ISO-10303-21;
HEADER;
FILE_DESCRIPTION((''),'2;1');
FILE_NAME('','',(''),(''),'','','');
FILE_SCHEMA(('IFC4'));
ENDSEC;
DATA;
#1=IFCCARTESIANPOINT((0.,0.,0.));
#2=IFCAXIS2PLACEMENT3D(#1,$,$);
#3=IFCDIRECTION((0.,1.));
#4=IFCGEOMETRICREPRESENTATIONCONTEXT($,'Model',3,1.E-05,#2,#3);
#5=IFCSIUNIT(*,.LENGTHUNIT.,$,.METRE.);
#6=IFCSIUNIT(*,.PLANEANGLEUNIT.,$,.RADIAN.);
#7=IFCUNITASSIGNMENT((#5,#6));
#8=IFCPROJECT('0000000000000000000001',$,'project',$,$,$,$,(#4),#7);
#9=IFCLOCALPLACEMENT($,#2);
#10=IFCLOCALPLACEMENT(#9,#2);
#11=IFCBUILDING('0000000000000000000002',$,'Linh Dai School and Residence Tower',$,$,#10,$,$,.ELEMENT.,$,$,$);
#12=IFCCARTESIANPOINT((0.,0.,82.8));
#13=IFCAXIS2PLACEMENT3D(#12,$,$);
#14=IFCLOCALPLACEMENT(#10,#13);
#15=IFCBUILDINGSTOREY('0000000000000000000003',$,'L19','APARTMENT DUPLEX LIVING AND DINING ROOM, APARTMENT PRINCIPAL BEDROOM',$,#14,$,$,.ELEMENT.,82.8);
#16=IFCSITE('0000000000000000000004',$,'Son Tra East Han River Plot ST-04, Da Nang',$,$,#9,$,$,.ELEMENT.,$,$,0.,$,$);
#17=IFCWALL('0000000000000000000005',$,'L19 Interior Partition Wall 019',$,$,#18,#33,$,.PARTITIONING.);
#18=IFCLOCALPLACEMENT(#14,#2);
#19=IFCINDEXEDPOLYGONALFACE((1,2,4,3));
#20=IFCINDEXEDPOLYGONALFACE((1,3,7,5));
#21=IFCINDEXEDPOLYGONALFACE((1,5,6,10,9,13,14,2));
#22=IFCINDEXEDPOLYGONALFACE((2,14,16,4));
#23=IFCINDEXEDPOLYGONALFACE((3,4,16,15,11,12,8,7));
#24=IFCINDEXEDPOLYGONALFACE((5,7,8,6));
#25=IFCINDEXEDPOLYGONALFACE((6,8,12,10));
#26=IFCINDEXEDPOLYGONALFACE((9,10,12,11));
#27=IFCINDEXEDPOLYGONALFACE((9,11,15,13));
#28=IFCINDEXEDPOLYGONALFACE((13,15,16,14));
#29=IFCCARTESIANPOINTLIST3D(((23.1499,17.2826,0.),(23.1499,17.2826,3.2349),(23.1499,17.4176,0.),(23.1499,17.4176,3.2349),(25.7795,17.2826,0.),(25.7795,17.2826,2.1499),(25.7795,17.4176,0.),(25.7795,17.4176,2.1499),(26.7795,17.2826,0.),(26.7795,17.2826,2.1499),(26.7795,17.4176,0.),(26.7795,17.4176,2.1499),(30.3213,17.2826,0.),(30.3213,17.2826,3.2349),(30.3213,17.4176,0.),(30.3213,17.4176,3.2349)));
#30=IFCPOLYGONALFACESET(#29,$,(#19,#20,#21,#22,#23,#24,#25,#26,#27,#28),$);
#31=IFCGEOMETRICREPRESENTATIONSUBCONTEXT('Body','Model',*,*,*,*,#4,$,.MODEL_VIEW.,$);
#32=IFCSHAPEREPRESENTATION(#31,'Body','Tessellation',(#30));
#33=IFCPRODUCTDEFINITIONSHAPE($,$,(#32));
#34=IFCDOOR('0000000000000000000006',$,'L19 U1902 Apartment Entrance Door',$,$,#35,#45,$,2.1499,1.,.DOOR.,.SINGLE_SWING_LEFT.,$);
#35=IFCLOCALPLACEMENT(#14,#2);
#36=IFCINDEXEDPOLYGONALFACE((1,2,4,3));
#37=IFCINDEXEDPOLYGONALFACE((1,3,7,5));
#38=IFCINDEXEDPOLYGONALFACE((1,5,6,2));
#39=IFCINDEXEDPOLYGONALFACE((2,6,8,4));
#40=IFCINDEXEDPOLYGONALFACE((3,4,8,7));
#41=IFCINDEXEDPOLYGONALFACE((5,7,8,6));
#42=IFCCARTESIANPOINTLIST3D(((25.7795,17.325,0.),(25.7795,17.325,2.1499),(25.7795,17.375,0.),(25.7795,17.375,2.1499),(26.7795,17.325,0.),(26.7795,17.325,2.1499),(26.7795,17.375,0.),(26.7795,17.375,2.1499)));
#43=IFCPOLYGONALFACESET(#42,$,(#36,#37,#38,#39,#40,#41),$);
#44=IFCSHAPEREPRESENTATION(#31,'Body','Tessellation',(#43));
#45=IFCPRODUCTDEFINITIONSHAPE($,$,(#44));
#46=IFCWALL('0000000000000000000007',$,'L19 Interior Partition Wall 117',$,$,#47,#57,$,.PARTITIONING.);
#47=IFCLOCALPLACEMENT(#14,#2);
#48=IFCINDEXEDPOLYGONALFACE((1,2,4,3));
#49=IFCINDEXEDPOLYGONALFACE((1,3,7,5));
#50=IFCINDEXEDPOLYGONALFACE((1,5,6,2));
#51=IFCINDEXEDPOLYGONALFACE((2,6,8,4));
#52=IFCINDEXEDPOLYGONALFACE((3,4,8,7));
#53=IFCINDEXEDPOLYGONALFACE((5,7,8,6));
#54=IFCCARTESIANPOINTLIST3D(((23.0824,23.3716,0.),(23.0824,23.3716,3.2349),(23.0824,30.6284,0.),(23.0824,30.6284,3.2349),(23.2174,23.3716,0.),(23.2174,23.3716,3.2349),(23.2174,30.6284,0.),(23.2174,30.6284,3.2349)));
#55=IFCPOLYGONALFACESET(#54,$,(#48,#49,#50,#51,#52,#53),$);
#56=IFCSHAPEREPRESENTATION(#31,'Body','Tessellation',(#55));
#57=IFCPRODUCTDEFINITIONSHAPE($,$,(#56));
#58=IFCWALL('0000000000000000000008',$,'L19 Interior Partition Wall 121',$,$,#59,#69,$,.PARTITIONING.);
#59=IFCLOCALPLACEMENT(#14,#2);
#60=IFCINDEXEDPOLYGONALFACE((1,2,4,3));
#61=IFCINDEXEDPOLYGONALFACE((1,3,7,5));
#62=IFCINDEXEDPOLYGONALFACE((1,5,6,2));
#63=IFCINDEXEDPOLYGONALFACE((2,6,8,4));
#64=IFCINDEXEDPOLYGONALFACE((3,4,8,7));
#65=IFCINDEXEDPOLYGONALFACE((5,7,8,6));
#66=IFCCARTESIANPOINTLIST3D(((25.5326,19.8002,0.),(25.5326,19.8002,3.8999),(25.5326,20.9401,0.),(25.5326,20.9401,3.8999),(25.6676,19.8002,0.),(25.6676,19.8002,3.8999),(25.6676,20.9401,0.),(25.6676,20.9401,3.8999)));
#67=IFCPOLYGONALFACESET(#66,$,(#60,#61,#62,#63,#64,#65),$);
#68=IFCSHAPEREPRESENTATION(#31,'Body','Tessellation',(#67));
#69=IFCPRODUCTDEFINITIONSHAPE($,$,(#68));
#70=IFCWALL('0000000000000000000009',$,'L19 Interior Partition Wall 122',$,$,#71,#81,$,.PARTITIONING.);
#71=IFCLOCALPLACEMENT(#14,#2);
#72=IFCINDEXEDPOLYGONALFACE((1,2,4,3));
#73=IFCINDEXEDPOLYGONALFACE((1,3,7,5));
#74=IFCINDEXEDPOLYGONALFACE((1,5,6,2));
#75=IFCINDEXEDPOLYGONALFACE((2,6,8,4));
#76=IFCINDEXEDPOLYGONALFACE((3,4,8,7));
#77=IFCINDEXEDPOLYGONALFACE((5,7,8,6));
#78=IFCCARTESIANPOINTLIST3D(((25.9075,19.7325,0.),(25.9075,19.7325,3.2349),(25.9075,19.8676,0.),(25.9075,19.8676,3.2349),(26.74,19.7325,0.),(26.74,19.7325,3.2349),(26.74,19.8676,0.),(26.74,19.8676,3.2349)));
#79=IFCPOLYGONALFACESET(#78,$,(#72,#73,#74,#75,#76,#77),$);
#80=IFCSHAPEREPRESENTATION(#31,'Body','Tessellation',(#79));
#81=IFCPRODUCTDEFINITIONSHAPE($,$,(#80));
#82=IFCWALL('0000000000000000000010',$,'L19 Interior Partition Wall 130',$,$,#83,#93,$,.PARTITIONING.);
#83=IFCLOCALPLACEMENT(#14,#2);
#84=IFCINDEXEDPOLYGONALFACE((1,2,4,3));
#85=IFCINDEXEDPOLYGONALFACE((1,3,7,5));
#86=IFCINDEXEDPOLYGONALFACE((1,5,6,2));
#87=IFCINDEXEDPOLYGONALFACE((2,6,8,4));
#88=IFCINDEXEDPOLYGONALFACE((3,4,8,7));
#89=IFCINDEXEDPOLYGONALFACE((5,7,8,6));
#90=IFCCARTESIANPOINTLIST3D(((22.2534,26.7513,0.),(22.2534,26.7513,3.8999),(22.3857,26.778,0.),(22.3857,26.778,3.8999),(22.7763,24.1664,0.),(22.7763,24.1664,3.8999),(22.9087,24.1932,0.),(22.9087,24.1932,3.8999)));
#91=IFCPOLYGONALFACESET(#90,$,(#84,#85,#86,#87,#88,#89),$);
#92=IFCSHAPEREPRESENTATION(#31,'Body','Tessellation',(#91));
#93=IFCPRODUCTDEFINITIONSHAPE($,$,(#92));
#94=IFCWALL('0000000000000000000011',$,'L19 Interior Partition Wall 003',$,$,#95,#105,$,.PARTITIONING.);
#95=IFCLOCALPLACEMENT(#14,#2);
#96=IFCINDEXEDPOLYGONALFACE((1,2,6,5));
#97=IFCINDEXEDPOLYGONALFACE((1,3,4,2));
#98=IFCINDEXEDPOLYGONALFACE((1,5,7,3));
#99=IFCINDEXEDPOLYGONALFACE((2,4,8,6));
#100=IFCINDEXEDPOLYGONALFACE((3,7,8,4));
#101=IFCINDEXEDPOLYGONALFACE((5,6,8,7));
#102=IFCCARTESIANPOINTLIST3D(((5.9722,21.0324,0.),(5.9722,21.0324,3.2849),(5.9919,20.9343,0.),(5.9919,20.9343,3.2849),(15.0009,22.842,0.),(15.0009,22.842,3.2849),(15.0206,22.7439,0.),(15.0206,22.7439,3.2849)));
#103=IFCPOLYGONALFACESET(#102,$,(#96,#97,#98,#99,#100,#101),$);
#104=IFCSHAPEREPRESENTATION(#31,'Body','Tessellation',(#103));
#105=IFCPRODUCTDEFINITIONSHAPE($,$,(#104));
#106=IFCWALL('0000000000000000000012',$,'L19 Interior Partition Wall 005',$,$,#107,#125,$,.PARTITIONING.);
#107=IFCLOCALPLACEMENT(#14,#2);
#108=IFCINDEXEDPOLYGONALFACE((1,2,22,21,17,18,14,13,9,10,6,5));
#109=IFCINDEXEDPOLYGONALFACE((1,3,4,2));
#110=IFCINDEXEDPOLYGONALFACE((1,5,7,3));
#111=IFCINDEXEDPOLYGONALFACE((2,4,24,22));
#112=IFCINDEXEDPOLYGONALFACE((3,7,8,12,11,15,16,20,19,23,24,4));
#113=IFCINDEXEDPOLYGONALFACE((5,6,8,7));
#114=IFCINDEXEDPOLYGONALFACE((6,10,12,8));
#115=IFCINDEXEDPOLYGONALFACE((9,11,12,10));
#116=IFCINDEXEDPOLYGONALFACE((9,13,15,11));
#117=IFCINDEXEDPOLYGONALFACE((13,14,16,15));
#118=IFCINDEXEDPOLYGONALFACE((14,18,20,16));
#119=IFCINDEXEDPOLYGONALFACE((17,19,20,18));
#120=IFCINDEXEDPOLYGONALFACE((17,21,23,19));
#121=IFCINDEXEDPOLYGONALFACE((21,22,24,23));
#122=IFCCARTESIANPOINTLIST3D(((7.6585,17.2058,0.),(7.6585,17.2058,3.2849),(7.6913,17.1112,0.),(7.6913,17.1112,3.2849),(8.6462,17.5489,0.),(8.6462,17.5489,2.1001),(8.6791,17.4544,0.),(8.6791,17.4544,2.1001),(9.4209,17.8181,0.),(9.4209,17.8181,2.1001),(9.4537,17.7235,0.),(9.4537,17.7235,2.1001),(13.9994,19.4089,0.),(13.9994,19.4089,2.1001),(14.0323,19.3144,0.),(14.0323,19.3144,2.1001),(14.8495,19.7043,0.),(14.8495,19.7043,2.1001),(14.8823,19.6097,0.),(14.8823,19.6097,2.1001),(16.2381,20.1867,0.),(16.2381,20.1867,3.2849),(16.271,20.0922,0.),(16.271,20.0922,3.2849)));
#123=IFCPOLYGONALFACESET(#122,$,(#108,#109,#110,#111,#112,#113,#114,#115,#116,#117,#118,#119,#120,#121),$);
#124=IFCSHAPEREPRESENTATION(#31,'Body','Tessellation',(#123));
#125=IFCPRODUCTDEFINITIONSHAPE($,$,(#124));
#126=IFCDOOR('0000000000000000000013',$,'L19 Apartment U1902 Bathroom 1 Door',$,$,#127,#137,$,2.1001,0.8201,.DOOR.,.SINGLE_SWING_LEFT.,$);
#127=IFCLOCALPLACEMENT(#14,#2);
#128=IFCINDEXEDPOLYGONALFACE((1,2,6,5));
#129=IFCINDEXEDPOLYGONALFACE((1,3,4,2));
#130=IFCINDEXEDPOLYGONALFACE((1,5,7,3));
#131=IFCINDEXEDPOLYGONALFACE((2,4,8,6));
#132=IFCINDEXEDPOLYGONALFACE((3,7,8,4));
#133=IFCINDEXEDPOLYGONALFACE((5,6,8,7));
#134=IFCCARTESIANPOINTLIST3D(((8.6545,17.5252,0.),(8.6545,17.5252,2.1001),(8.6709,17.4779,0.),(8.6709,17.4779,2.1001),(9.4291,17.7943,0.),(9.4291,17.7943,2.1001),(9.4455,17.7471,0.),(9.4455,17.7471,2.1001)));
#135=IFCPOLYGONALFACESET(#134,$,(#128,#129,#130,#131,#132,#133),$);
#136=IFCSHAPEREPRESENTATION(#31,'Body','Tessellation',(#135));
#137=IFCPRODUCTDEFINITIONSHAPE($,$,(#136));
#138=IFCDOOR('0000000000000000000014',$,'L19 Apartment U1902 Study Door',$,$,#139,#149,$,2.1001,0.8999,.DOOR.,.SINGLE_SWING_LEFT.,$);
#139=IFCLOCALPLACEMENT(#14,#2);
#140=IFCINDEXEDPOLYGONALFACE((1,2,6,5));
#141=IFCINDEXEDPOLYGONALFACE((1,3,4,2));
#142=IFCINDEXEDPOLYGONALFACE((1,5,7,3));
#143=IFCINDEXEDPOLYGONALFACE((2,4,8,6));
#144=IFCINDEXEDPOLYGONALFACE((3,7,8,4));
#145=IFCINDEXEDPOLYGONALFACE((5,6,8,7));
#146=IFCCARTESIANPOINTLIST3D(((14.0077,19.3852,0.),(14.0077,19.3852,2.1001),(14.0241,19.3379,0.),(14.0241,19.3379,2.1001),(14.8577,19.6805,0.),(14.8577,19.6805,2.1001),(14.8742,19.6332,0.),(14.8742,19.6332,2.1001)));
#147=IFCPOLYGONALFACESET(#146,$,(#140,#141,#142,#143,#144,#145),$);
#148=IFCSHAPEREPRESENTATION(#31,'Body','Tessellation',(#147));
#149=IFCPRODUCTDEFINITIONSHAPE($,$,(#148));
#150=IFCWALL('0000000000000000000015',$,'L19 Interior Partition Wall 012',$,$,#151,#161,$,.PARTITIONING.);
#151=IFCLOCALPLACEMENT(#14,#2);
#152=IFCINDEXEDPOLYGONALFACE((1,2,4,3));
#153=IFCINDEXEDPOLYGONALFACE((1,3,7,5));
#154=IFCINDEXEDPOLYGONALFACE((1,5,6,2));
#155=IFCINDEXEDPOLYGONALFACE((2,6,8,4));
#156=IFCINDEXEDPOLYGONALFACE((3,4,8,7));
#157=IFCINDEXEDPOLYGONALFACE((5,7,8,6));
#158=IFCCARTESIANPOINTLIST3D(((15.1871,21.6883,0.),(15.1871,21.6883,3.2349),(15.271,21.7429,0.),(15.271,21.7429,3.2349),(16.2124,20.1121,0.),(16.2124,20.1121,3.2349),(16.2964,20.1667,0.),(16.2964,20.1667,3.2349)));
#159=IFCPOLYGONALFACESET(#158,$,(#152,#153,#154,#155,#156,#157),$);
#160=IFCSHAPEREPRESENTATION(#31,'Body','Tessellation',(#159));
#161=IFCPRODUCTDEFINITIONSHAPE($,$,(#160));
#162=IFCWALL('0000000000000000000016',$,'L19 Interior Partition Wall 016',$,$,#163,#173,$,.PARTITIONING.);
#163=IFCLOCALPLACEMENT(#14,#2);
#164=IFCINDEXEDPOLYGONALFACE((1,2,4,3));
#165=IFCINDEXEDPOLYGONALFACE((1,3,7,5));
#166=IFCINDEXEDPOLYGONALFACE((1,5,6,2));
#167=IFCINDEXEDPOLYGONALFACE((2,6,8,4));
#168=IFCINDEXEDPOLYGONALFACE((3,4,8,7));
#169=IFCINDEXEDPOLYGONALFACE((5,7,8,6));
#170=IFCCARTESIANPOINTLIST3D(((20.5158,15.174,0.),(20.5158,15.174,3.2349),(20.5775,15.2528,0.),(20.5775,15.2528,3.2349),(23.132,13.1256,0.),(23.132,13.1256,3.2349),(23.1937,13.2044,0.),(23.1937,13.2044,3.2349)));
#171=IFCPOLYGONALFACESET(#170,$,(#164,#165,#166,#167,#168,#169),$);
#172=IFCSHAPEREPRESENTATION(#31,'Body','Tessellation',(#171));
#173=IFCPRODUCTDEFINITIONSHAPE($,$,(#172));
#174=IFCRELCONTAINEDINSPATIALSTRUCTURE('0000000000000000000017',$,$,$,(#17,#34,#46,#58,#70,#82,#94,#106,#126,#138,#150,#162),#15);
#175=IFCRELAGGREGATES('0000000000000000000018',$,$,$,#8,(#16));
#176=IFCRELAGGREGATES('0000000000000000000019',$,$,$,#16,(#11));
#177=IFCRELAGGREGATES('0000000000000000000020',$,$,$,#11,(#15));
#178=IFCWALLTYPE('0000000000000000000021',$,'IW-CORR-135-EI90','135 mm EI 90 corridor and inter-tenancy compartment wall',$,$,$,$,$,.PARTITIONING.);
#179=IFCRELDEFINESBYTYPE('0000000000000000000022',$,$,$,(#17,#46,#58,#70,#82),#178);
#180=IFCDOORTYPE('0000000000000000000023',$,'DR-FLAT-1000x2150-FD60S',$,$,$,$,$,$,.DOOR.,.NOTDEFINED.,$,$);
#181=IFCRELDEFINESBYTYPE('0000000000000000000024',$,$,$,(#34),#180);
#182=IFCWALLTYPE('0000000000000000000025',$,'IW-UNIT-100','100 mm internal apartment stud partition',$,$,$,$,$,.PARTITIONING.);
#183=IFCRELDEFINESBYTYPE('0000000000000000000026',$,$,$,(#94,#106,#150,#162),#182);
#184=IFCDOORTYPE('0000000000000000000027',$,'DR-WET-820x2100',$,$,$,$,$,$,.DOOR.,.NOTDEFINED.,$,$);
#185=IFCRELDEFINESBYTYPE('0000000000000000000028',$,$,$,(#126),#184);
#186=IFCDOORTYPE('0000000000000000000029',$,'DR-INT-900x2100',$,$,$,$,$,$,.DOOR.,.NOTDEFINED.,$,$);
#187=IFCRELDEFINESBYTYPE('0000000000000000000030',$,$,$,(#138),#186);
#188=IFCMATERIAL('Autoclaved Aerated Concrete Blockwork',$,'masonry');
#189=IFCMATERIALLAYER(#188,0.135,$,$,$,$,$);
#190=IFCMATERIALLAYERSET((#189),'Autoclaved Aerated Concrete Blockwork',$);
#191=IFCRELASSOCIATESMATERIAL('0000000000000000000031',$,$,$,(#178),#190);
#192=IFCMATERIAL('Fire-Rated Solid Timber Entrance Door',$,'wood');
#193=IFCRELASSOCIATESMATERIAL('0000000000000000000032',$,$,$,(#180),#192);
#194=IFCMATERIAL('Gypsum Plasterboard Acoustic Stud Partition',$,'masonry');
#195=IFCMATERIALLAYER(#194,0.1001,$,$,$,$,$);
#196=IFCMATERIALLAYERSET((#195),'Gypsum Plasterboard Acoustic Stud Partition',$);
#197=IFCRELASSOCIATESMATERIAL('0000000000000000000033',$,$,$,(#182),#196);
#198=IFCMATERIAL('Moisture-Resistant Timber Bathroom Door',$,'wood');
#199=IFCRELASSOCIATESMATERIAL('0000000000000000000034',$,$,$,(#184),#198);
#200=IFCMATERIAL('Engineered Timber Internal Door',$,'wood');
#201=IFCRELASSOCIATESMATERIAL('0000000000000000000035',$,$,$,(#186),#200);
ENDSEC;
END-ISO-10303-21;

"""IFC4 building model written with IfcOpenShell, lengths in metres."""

from ifc_helpers import new_model, si_unit, direction, frame, frame_2d, origin, origin_2d, place, context, subcontext, project, spatial, rectangle, extrude, source, transform, mapped, material, layer, layer_set, type_object, element, fill, save


model = new_model("IFC4")

# Units and contexts
model_context = context("Model", 3, precision=1e-05, world=origin(), true_north=direction((0.0, 1.0)))
body_context = subcontext(model_context, "Body", "Model", "MODEL_VIEW")
ifc_project = project(units=[si_unit("LENGTHUNIT", "METRE"), si_unit("PLANEANGLEUNIT", "RADIAN")], contexts=[model_context])

# Site, building, storey
site_placement = place(None, origin())
site = spatial("IfcSite", under=ifc_project, at=site_placement, Name="Son Tra East Han River Plot ST-04, Da Nang", CompositionType="ELEMENT", RefElevation=0.0)
building_placement = place(site_placement, origin())
building = spatial("IfcBuilding", under=site, at=building_placement, Name="Linh Dai School and Residence Tower", CompositionType="ELEMENT")
storey_placement = place(building_placement, frame((0.0, 0.0, 82.8)))
storey = spatial("IfcBuildingStorey", under=building, at=storey_placement, Name="L19", Description="APARTMENT DUPLEX LIVING AND DINING ROOM, APARTMENT PRINCIPAL BEDROOM", CompositionType="ELEMENT", Elevation=82.8)

# Shared definitions
ifc_material_1 = material(Name="Autoclaved Aerated Concrete Blockwork", Category="masonry")
ifc_layer_1 = layer(ifc_material_1, 0.135)
ifc_layer_set_1 = layer_set([ifc_layer_1], Name="Autoclaved Aerated Concrete Blockwork")
wall_type_1 = type_object("IfcWallType", Name="IW-CORR-135-EI90", Description="135 mm EI 90 corridor and inter-tenancy compartment wall", PredefinedType="PARTITIONING", material=ifc_layer_set_1)

# Wall, opening, door
wall_1_placement = place(storey_placement, frame((23.1499, 17.3501, 0.0), z_axis=(0.0, 0.0, 1.0), x_axis=(1.0, 0.0, 0.0)))
wall_1 = element("IfcWall", 1, at=wall_1_placement, inside=storey, type_object=wall_type_1, Name="L19 Interior Partition Wall 019", PredefinedType="PARTITIONING", context=body_context, shape_type="SweptSolid", body=[
    extrude(rectangle(XDim=7.1714, YDim=0.135, at=frame_2d((3.5857, 0.0))), origin(), (0.0, 0.0, 1.0), 3.2349),
])
opening_1_placement = place(wall_1_placement, frame((2.6296, 0.0, 0.0)))
opening_1 = element("IfcOpeningElement", 2, at=opening_1_placement, cuts=wall_1, PredefinedType="OPENING", context=body_context, shape_type="SweptSolid", body=[
    extrude(rectangle(XDim=1.0, YDim=2.1499, at=origin_2d()), frame((0.5, 0.0776, 1.075), z_axis=(0.0, -1.0, 0.0), x_axis=(1.0, 0.0, 0.0)), (0.0, 0.0, 1.0), 0.155),
])
ifc_material_2 = material(Name="Fire-Rated Solid Timber Entrance Door", Category="wood")
door_type_1 = type_object("IfcDoorType", Name="DR-FLAT-1000x2150-FD60S", OperationType="NOTDEFINED", PredefinedType="DOOR", material=ifc_material_2)
shared_shape_1 = source(origin(), body_context, "Body", "SweptSolid", [
    extrude(rectangle(XDim=1.0, YDim=2.1499, at=origin_2d()), frame((0.5, 0.0249, 1.075), z_axis=(0.0, -1.0, 0.0), x_axis=(1.0, 0.0, 0.0)), (0.0, 0.0, 1.0), 0.05),
])
door_1_placement = place(opening_1_placement, origin())
door_1 = element("IfcDoor", 3, at=door_1_placement, inside=storey, type_object=door_type_1, Name="L19 U1902 Apartment Entrance Door", OperationType="SINGLE_SWING_LEFT", OverallHeight=2.1499, OverallWidth=1.0, PredefinedType="DOOR", context=body_context, shape_type="MappedRepresentation", body=[
    mapped(shared_shape_1, transform((0.0, 0.0, 0.0), x_axis=(1.0, 0.0, 0.0), y_axis=(0.0, 1.0, 0.0), z_axis=(0.0, 0.0, 1.0), scale=1.0)),
])
fill(opening_1, door_1)

# Walls
wall_2_placement = place(storey_placement, frame((23.1499, 23.3716, 0.0), z_axis=(0.0, 0.0, 1.0), x_axis=(0.0, 1.0, 0.0)))
element("IfcWall", 4, at=wall_2_placement, inside=storey, type_object=wall_type_1, Name="L19 Interior Partition Wall 117", PredefinedType="PARTITIONING", context=body_context, shape_type="SweptSolid", body=[
    extrude(rectangle(XDim=7.2568, YDim=0.135, at=frame_2d((3.6284, 0.0))), origin(), (0.0, 0.0, 1.0), 3.2349),
])
wall_3_placement = place(storey_placement, frame((25.6001, 20.9399, 0.0), z_axis=(0.0, 0.0, 1.0), x_axis=(0.0, -1.0, 0.0)))
element("IfcWall", 5, at=wall_3_placement, inside=storey, type_object=wall_type_1, Name="L19 Interior Partition Wall 121", PredefinedType="PARTITIONING", context=body_context, shape_type="SweptSolid", body=[
    extrude(rectangle(XDim=1.1399, YDim=0.135, at=frame_2d((0.5698, 0.0))), origin(), (0.0, 0.0, 1.0), 3.8999),
])
wall_4_placement = place(storey_placement, frame((25.9075, 19.8, 0.0), z_axis=(0.0, 0.0, 1.0), x_axis=(1.0, 0.0, 0.0)))
element("IfcWall", 6, at=wall_4_placement, inside=storey, type_object=wall_type_1, Name="L19 Interior Partition Wall 122", PredefinedType="PARTITIONING", context=body_context, shape_type="SweptSolid", body=[
    extrude(rectangle(XDim=0.8325, YDim=0.135, at=frame_2d((0.4163, 0.0))), origin(), (0.0, 0.0, 1.0), 3.2349),
])
wall_5_placement = place(storey_placement, frame((22.3196, 26.7646, 0.0), z_axis=(0.0, 0.0, 1.0), x_axis=(0.198288, -0.980144, 0.0)))
element("IfcWall", 7, at=wall_5_placement, inside=storey, type_object=wall_type_1, Name="L19 Interior Partition Wall 130", PredefinedType="PARTITIONING", context=body_context, shape_type="SweptSolid", body=[
    extrude(rectangle(XDim=2.6372, YDim=0.135, at=frame_2d((1.3186, 0.0))), origin(), (0.0, 0.0, 1.0), 3.8999),
])
ifc_material_3 = material(Name="Gypsum Plasterboard Acoustic Stud Partition", Category="masonry")
ifc_layer_2 = layer(ifc_material_3, 0.1001)
ifc_layer_set_2 = layer_set([ifc_layer_2], Name="Gypsum Plasterboard Acoustic Stud Partition")
wall_type_2 = type_object("IfcWallType", Name="IW-UNIT-100", Description="100 mm internal apartment stud partition", PredefinedType="PARTITIONING", material=ifc_layer_set_2)
wall_6_placement = place(storey_placement, frame((5.9822, 20.9834, 0.0), z_axis=(0.0, 0.0, 1.0), x_axis=(0.980501, 0.196514, 0.0)))
element("IfcWall", 8, at=wall_6_placement, inside=storey, type_object=wall_type_2, Name="L19 Interior Partition Wall 003", PredefinedType="PARTITIONING", context=body_context, shape_type="SweptSolid", body=[
    extrude(rectangle(XDim=9.2083, YDim=0.1001, at=frame_2d((4.604, 0.0))), origin(), (0.0, 0.0, 1.0), 3.2849),
])

# Wall, openings, doors
wall_7_placement = place(storey_placement, frame((7.6748, 17.1584, 0.0), z_axis=(0.0, 0.0, 1.0), x_axis=(0.944608, 0.328202, 0.0)))
wall_7 = element("IfcWall", 9, at=wall_7_placement, inside=storey, type_object=wall_type_2, Name="L19 Interior Partition Wall 005", PredefinedType="PARTITIONING", context=body_context, shape_type="SweptSolid", body=[
    extrude(rectangle(XDim=9.0828, YDim=0.1001, at=frame_2d((4.5415, 0.0))), origin(), (0.0, 0.0, 1.0), 3.2849),
])
opening_2_placement = place(wall_7_placement, frame((6.7129, 0.0, 0.0)))
opening_2 = element("IfcOpeningElement", 10, at=opening_2_placement, cuts=wall_7, PredefinedType="OPENING", context=body_context, shape_type="SweptSolid", body=[
    extrude(rectangle(XDim=0.8999, YDim=2.1001, at=origin_2d()), frame((0.45, 0.0601, 1.05), z_axis=(0.0, -1.0, 0.0), x_axis=(1.0, 0.0, 0.0)), (0.0, 0.0, 1.0), 0.1201),
])
opening_3_placement = place(wall_7_placement, frame((1.0457, 0.0, 0.0)))
opening_3 = element("IfcOpeningElement", 11, at=opening_3_placement, cuts=wall_7, PredefinedType="OPENING", context=body_context, shape_type="SweptSolid", body=[
    extrude(rectangle(XDim=0.8201, YDim=2.1001, at=origin_2d()), frame((0.4102, 0.0601, 1.05), z_axis=(0.0, -1.0, 0.0), x_axis=(1.0, 0.0, 0.0)), (0.0, 0.0, 1.0), 0.1201),
])
ifc_material_4 = material(Name="Moisture-Resistant Timber Bathroom Door", Category="wood")
door_type_2 = type_object("IfcDoorType", Name="DR-WET-820x2100", OperationType="NOTDEFINED", PredefinedType="DOOR", material=ifc_material_4)
shared_shape_2 = source(origin(), body_context, "Body", "SweptSolid", [
    extrude(rectangle(XDim=0.8201, YDim=2.1001, at=origin_2d()), frame((0.4102, 0.0249, 1.05), z_axis=(0.0, -1.0, 0.0), x_axis=(1.0, 0.0, 0.0)), (0.0, 0.0, 1.0), 0.05),
])
door_2_placement = place(opening_3_placement, origin())
door_2 = element("IfcDoor", 12, at=door_2_placement, inside=storey, type_object=door_type_2, Name="L19 Apartment U1902 Bathroom 1 Door", OperationType="SINGLE_SWING_LEFT", OverallHeight=2.1001, OverallWidth=0.8201, PredefinedType="DOOR", context=body_context, shape_type="MappedRepresentation", body=[
    mapped(shared_shape_2, transform((0.0, 0.0, 0.0), x_axis=(1.0, 0.0, 0.0), y_axis=(0.0, 1.0, 0.0), z_axis=(0.0, 0.0, 1.0), scale=1.0)),
])
fill(opening_3, door_2)
ifc_material_5 = material(Name="Engineered Timber Internal Door", Category="wood")
door_type_3 = type_object("IfcDoorType", Name="DR-INT-900x2100", OperationType="NOTDEFINED", PredefinedType="DOOR", material=ifc_material_5)
shared_shape_3 = source(origin(), body_context, "Body", "SweptSolid", [
    extrude(rectangle(XDim=0.8999, YDim=2.1001, at=origin_2d()), frame((0.45, 0.0249, 1.05), z_axis=(0.0, -1.0, 0.0), x_axis=(1.0, 0.0, 0.0)), (0.0, 0.0, 1.0), 0.05),
])
door_3_placement = place(opening_2_placement, origin())
door_3 = element("IfcDoor", 13, at=door_3_placement, inside=storey, type_object=door_type_3, Name="L19 Apartment U1902 Study Door", OperationType="SINGLE_SWING_LEFT", OverallHeight=2.1001, OverallWidth=0.8999, PredefinedType="DOOR", context=body_context, shape_type="MappedRepresentation", body=[
    mapped(shared_shape_3, transform((0.0, 0.0, 0.0), x_axis=(1.0, 0.0, 0.0), y_axis=(0.0, 1.0, 0.0), z_axis=(0.0, 0.0, 1.0), scale=1.0)),
])
fill(opening_2, door_3)

# Walls
wall_8_placement = place(storey_placement, frame((15.229, 21.7156, 0.0), z_axis=(0.0, 0.0, 1.0), x_axis=(0.545317, -0.83823, 0.0)))
element("IfcWall", 14, at=wall_8_placement, inside=storey, type_object=wall_type_2, Name="L19 Interior Partition Wall 012", PredefinedType="PARTITIONING", context=body_context, shape_type="SweptSolid", body=[
    extrude(rectangle(XDim=1.8804, YDim=0.1001, at=frame_2d((0.9402, 0.0))), origin(), (0.0, 0.0, 1.0), 3.2349),
])
wall_9_placement = place(storey_placement, frame((20.5466, 15.2134, 0.0), z_axis=(0.0, 0.0, 1.0), x_axis=(0.787378, -0.616471, 0.0)))
element("IfcWall", 15, at=wall_9_placement, inside=storey, type_object=wall_type_2, Name="L19 Interior Partition Wall 016", PredefinedType="PARTITIONING", context=body_context, shape_type="SweptSolid", body=[
    extrude(rectangle(XDim=3.3228, YDim=0.1001, at=frame_2d((1.6614, 0.0))), origin(), (0.0, 0.0, 1.0), 3.2349),
])

save(model, "model.ifc")
